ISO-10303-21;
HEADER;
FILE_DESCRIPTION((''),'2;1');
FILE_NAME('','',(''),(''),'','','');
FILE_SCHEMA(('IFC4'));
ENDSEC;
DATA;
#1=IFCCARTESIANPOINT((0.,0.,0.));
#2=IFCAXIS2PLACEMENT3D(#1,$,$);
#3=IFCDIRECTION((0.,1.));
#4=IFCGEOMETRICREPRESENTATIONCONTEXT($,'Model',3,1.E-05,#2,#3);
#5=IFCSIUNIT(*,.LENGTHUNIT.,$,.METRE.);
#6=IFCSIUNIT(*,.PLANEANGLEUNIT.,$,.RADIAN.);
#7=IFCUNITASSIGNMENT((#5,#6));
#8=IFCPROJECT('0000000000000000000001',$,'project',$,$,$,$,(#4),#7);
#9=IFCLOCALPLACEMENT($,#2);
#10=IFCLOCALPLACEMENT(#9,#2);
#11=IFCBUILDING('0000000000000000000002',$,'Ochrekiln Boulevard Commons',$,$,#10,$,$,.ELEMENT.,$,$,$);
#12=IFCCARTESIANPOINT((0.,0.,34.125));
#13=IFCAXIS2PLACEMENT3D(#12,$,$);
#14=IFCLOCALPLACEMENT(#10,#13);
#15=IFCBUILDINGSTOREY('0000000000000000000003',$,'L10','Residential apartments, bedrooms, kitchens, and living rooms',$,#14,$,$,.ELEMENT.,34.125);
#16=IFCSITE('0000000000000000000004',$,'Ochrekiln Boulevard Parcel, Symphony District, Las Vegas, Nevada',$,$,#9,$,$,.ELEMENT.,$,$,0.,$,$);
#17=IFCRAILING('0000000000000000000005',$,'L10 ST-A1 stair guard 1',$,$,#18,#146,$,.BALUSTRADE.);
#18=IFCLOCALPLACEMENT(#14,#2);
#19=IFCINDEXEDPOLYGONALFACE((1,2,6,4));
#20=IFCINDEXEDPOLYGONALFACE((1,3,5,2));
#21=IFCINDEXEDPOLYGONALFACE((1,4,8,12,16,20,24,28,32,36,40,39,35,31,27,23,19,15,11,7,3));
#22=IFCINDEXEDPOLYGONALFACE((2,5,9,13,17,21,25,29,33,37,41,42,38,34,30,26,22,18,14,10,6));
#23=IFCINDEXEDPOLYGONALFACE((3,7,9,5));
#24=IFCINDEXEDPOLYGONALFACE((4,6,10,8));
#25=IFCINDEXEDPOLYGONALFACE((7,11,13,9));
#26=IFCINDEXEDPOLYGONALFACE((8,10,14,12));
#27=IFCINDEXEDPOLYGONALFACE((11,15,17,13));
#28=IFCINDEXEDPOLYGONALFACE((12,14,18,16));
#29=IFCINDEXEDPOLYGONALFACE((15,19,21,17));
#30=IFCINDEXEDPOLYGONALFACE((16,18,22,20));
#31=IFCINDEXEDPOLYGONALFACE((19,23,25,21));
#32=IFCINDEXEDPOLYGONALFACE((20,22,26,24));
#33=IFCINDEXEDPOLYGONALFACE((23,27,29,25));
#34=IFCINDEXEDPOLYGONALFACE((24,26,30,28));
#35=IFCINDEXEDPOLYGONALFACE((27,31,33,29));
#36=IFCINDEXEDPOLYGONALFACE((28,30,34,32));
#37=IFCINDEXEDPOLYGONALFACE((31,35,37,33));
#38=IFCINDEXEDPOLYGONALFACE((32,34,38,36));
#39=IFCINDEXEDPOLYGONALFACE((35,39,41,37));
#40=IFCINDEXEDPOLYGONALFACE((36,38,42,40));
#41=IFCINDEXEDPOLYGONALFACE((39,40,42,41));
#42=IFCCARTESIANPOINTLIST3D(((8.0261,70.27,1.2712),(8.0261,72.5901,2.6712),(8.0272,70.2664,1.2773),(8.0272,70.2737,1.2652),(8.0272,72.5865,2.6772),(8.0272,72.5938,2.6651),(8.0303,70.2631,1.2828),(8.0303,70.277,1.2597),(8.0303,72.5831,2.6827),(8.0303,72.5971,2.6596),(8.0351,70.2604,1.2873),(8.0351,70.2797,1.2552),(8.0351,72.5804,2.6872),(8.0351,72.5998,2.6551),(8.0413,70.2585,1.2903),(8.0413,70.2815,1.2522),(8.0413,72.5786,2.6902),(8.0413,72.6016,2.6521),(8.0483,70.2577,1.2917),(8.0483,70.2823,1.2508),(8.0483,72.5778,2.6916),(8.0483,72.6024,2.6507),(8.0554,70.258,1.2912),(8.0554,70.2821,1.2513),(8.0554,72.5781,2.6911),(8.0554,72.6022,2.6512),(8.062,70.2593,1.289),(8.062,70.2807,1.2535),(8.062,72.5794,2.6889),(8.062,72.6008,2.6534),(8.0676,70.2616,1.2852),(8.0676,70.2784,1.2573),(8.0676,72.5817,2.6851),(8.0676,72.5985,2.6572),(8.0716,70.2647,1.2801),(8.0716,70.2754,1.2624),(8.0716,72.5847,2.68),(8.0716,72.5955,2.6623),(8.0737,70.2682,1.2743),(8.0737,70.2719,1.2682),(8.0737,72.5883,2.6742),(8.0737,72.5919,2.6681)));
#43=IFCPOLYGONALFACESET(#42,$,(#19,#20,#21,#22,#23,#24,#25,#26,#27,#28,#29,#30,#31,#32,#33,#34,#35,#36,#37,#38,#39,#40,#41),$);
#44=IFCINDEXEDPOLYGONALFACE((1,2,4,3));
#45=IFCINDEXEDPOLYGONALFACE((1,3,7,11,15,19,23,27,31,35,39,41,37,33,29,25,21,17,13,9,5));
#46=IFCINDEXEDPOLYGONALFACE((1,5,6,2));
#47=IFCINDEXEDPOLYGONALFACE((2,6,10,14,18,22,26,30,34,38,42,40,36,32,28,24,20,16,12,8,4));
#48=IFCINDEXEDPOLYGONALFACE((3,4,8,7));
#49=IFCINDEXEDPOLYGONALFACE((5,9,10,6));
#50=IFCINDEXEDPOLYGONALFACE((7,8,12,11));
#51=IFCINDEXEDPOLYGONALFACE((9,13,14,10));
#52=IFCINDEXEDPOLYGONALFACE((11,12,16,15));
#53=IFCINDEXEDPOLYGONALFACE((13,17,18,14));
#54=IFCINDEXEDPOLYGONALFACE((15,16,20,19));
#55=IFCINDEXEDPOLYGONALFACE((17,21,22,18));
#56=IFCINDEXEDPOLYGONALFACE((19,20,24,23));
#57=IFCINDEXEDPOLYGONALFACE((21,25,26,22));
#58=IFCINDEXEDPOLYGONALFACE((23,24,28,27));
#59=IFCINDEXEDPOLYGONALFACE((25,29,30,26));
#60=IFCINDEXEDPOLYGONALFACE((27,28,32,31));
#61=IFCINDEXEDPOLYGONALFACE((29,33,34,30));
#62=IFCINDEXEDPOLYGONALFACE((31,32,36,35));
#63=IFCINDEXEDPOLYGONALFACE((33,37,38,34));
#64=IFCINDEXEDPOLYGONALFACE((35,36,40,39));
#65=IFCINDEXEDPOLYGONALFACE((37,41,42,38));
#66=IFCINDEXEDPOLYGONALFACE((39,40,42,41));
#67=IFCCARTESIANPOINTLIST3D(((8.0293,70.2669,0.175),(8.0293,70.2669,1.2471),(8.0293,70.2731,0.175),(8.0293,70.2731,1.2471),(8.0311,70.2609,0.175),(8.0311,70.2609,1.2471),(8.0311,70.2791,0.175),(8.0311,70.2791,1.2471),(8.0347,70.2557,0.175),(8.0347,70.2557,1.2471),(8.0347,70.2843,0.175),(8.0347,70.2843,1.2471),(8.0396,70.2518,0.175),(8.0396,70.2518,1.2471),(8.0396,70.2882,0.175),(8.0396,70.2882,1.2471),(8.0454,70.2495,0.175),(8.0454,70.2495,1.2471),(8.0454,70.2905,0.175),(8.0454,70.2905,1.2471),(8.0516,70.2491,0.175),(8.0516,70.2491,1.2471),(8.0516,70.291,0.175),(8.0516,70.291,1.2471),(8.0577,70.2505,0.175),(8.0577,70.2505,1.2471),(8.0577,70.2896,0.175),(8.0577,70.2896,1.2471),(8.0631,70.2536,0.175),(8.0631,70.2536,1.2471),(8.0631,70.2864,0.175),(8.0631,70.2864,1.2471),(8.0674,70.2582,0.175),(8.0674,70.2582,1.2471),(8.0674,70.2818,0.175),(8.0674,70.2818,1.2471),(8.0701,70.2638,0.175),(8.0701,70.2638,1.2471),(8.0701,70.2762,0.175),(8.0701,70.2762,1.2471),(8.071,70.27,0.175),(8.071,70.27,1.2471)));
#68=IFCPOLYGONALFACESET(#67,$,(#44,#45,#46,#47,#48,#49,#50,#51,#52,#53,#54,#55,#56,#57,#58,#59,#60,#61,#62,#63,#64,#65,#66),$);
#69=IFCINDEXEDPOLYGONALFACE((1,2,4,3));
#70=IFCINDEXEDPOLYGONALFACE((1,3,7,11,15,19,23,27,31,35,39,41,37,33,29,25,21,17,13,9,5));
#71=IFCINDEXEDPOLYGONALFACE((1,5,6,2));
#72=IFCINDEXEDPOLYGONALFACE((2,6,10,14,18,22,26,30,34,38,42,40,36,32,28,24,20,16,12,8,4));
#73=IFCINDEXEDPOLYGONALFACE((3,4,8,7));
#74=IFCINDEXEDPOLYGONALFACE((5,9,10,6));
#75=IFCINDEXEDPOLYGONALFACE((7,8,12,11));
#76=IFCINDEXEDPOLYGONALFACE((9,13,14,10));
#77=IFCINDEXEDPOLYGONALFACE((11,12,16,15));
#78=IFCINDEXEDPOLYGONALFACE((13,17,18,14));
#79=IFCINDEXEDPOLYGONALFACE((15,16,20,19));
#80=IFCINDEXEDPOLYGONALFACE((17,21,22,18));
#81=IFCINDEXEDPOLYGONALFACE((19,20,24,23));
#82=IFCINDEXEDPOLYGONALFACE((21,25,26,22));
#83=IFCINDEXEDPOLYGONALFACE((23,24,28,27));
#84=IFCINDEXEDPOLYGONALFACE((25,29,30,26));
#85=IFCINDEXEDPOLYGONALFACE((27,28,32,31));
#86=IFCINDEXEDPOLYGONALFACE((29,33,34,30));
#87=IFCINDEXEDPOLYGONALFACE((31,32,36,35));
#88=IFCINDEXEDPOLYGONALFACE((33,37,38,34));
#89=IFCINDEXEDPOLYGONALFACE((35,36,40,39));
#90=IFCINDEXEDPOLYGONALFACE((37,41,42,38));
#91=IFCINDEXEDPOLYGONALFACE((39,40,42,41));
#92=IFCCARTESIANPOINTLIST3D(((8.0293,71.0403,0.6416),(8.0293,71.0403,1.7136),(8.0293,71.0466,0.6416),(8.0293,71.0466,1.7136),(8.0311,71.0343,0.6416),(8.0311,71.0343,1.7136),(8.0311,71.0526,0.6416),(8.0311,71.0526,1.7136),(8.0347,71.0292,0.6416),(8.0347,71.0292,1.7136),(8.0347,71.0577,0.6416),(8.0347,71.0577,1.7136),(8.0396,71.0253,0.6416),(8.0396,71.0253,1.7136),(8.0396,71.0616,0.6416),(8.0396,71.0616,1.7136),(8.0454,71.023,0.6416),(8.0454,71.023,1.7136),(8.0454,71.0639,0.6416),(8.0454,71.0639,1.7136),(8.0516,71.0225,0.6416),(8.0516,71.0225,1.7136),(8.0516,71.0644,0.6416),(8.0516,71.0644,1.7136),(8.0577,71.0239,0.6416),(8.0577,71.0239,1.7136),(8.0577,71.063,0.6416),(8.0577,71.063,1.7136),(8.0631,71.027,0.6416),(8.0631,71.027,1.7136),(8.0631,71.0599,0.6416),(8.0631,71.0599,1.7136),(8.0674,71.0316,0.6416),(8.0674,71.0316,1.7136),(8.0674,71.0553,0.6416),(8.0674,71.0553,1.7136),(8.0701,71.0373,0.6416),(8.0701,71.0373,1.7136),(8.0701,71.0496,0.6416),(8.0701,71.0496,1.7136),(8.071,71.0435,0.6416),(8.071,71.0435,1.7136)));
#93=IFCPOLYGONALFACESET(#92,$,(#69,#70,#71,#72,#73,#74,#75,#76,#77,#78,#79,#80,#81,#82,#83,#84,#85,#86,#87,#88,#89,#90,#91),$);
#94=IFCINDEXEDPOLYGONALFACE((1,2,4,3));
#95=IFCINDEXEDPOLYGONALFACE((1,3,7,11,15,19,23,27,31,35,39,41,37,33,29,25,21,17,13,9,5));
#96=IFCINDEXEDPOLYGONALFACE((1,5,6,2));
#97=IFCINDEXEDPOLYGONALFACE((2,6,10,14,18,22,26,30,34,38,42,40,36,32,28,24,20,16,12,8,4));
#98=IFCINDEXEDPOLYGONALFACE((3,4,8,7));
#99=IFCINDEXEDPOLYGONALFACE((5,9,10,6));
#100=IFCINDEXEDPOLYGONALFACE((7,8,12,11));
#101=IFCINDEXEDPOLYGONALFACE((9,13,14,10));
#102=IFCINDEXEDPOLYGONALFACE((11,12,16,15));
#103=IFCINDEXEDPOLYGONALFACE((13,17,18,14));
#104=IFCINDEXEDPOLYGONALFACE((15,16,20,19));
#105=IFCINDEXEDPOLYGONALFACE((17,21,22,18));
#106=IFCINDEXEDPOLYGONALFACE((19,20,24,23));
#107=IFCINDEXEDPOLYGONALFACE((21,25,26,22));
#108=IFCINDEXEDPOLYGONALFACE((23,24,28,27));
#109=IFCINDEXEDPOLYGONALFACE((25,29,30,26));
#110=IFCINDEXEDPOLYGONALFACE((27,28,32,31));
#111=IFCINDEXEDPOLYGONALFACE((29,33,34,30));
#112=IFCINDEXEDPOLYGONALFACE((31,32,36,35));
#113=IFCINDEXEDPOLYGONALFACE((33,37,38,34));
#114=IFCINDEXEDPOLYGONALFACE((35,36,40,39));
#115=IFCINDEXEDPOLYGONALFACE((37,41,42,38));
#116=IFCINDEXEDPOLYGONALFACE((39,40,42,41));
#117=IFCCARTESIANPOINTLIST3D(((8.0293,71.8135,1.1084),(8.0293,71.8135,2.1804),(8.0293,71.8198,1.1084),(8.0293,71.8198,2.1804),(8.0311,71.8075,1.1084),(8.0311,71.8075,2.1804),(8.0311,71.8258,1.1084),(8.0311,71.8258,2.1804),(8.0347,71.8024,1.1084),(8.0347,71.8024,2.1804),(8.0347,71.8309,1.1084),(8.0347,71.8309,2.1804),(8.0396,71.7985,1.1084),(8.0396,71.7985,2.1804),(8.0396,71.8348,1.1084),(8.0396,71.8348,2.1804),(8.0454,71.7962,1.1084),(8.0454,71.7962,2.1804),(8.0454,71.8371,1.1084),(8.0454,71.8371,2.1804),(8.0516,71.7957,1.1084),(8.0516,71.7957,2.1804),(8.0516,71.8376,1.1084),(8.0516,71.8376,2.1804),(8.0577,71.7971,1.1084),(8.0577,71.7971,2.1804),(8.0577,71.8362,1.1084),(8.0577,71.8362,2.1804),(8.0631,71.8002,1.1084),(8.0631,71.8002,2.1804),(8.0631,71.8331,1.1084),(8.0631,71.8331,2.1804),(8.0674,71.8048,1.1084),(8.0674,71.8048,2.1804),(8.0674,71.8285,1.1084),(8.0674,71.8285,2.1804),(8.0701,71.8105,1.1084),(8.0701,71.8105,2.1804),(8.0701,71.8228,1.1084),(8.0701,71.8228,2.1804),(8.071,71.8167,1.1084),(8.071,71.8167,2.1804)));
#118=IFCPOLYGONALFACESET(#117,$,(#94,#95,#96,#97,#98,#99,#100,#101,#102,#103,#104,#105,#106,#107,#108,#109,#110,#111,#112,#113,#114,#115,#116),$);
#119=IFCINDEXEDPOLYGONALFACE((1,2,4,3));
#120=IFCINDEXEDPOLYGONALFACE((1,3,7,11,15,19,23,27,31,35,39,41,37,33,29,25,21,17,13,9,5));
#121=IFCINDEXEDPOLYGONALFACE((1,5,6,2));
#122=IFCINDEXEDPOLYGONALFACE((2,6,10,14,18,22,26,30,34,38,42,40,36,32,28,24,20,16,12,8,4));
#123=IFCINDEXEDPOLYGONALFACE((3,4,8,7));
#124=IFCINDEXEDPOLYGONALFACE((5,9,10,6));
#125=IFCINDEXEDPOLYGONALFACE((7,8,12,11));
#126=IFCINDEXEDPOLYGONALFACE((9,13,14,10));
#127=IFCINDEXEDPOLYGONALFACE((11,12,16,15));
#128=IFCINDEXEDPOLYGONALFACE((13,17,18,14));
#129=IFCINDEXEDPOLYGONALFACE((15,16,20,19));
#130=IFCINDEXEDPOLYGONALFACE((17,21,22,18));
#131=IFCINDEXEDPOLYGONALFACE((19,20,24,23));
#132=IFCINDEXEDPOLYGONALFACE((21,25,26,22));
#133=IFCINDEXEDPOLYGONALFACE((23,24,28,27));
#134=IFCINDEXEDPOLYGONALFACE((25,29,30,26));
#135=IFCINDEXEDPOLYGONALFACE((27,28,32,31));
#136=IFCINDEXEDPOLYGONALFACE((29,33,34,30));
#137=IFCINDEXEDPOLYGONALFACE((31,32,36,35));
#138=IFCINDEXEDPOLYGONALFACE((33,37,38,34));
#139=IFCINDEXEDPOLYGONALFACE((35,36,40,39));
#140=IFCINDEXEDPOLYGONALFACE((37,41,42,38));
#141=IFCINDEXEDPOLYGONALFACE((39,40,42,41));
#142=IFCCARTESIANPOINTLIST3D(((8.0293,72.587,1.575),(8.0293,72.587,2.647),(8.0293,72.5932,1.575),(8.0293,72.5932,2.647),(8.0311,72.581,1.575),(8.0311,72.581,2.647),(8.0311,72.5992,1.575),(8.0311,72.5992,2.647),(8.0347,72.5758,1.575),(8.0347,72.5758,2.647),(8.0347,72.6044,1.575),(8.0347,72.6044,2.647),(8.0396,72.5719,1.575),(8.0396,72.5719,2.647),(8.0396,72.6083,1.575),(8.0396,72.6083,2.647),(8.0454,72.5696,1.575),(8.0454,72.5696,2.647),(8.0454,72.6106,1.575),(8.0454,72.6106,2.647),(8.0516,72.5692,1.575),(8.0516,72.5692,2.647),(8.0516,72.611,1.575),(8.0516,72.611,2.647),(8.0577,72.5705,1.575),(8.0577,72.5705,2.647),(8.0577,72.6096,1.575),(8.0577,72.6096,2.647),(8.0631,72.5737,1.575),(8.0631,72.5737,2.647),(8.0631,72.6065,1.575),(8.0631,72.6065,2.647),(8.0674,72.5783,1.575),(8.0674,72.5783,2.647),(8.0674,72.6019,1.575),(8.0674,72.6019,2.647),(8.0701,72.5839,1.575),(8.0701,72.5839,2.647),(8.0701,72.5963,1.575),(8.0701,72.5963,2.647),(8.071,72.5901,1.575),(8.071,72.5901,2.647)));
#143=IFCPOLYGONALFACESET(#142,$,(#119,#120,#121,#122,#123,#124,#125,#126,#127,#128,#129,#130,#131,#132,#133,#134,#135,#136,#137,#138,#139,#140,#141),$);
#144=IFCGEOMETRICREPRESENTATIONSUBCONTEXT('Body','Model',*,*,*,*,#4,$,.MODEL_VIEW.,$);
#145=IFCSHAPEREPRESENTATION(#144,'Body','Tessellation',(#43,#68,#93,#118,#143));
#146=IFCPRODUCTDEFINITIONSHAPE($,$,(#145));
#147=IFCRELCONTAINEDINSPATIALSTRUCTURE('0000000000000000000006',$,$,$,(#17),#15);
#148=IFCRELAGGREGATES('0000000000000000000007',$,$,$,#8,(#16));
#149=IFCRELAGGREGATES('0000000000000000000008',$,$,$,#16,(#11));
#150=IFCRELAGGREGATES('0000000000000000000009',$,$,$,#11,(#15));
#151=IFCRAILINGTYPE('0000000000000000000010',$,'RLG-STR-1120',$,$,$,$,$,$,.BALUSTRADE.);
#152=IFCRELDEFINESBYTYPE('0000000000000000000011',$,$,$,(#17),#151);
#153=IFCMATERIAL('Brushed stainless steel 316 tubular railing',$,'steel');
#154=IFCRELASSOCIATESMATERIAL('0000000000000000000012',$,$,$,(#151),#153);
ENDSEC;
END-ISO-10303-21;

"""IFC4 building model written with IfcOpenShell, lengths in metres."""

from ifc_helpers import new_model, si_unit, direction, frame, origin, origin_2d, place, context, subcontext, project, spatial, circle, extrude, material, type_object, element, save


model = new_model("IFC4")

# Units and contexts
model_context = context("Model", 3, precision=1e-05, world=origin(), true_north=direction((0.0, 1.0)))
body_context = subcontext(model_context, "Body", "Model", "MODEL_VIEW")
ifc_project = project(units=[si_unit("LENGTHUNIT", "METRE"), si_unit("PLANEANGLEUNIT", "RADIAN")], contexts=[model_context])

# Site, building, storey
site_placement = place(None, origin())
site = spatial("IfcSite", under=ifc_project, at=site_placement, Name="Ochrekiln Boulevard Parcel, Symphony District, Las Vegas, Nevada", CompositionType="ELEMENT", RefElevation=0.0)
building_placement = place(site_placement, origin())
building = spatial("IfcBuilding", under=site, at=building_placement, Name="Ochrekiln Boulevard Commons", CompositionType="ELEMENT")
storey_placement = place(building_placement, frame((0.0, 0.0, 34.125)))
storey = spatial("IfcBuildingStorey", under=building, at=storey_placement, Name="L10", Description="Residential apartments, bedrooms, kitchens, and living rooms", CompositionType="ELEMENT", Elevation=34.125)

# Railing
ifc_material_1 = material(Name="Brushed stainless steel 316 tubular railing", Category="steel")
railing_type_1 = type_object("IfcRailingType", Name="RLG-STR-1120", PredefinedType="BALUSTRADE", material=ifc_material_1)
railing_1_placement = place(storey_placement, frame((8.05, 70.27, 0.175)))
element("IfcRailing", 1, at=railing_1_placement, inside=storey, type_object=railing_type_1, Name="L10 ST-A1 stair guard 1", PredefinedType="BALUSTRADE", context=body_context, shape_type="SweptSolid", body=[
    extrude(circle(Radius=0.0239, at=origin_2d()), frame((0.0, 0.0, 1.0962), z_axis=(0.0, 0.85621, 0.516627), x_axis=(-1.0, 0.0, 0.0)), (0.0, 0.0, 1.0), 2.7097),
    extrude(circle(Radius=0.021, at=origin_2d()), origin(), (0.0, 0.0, 1.0), 1.072),
    extrude(circle(Radius=0.021, at=origin_2d()), frame((0.0, 0.7734, 0.4666)), (0.0, 0.0, 1.0), 1.072),
    extrude(circle(Radius=0.021, at=origin_2d()), frame((0.0, 1.5466, 0.9333)), (0.0, 0.0, 1.0), 1.072),
    extrude(circle(Radius=0.021, at=origin_2d()), frame((0.0, 2.3201, 1.3999)), (0.0, 0.0, 1.0), 1.072),
])

save(model, "model.ifc")
